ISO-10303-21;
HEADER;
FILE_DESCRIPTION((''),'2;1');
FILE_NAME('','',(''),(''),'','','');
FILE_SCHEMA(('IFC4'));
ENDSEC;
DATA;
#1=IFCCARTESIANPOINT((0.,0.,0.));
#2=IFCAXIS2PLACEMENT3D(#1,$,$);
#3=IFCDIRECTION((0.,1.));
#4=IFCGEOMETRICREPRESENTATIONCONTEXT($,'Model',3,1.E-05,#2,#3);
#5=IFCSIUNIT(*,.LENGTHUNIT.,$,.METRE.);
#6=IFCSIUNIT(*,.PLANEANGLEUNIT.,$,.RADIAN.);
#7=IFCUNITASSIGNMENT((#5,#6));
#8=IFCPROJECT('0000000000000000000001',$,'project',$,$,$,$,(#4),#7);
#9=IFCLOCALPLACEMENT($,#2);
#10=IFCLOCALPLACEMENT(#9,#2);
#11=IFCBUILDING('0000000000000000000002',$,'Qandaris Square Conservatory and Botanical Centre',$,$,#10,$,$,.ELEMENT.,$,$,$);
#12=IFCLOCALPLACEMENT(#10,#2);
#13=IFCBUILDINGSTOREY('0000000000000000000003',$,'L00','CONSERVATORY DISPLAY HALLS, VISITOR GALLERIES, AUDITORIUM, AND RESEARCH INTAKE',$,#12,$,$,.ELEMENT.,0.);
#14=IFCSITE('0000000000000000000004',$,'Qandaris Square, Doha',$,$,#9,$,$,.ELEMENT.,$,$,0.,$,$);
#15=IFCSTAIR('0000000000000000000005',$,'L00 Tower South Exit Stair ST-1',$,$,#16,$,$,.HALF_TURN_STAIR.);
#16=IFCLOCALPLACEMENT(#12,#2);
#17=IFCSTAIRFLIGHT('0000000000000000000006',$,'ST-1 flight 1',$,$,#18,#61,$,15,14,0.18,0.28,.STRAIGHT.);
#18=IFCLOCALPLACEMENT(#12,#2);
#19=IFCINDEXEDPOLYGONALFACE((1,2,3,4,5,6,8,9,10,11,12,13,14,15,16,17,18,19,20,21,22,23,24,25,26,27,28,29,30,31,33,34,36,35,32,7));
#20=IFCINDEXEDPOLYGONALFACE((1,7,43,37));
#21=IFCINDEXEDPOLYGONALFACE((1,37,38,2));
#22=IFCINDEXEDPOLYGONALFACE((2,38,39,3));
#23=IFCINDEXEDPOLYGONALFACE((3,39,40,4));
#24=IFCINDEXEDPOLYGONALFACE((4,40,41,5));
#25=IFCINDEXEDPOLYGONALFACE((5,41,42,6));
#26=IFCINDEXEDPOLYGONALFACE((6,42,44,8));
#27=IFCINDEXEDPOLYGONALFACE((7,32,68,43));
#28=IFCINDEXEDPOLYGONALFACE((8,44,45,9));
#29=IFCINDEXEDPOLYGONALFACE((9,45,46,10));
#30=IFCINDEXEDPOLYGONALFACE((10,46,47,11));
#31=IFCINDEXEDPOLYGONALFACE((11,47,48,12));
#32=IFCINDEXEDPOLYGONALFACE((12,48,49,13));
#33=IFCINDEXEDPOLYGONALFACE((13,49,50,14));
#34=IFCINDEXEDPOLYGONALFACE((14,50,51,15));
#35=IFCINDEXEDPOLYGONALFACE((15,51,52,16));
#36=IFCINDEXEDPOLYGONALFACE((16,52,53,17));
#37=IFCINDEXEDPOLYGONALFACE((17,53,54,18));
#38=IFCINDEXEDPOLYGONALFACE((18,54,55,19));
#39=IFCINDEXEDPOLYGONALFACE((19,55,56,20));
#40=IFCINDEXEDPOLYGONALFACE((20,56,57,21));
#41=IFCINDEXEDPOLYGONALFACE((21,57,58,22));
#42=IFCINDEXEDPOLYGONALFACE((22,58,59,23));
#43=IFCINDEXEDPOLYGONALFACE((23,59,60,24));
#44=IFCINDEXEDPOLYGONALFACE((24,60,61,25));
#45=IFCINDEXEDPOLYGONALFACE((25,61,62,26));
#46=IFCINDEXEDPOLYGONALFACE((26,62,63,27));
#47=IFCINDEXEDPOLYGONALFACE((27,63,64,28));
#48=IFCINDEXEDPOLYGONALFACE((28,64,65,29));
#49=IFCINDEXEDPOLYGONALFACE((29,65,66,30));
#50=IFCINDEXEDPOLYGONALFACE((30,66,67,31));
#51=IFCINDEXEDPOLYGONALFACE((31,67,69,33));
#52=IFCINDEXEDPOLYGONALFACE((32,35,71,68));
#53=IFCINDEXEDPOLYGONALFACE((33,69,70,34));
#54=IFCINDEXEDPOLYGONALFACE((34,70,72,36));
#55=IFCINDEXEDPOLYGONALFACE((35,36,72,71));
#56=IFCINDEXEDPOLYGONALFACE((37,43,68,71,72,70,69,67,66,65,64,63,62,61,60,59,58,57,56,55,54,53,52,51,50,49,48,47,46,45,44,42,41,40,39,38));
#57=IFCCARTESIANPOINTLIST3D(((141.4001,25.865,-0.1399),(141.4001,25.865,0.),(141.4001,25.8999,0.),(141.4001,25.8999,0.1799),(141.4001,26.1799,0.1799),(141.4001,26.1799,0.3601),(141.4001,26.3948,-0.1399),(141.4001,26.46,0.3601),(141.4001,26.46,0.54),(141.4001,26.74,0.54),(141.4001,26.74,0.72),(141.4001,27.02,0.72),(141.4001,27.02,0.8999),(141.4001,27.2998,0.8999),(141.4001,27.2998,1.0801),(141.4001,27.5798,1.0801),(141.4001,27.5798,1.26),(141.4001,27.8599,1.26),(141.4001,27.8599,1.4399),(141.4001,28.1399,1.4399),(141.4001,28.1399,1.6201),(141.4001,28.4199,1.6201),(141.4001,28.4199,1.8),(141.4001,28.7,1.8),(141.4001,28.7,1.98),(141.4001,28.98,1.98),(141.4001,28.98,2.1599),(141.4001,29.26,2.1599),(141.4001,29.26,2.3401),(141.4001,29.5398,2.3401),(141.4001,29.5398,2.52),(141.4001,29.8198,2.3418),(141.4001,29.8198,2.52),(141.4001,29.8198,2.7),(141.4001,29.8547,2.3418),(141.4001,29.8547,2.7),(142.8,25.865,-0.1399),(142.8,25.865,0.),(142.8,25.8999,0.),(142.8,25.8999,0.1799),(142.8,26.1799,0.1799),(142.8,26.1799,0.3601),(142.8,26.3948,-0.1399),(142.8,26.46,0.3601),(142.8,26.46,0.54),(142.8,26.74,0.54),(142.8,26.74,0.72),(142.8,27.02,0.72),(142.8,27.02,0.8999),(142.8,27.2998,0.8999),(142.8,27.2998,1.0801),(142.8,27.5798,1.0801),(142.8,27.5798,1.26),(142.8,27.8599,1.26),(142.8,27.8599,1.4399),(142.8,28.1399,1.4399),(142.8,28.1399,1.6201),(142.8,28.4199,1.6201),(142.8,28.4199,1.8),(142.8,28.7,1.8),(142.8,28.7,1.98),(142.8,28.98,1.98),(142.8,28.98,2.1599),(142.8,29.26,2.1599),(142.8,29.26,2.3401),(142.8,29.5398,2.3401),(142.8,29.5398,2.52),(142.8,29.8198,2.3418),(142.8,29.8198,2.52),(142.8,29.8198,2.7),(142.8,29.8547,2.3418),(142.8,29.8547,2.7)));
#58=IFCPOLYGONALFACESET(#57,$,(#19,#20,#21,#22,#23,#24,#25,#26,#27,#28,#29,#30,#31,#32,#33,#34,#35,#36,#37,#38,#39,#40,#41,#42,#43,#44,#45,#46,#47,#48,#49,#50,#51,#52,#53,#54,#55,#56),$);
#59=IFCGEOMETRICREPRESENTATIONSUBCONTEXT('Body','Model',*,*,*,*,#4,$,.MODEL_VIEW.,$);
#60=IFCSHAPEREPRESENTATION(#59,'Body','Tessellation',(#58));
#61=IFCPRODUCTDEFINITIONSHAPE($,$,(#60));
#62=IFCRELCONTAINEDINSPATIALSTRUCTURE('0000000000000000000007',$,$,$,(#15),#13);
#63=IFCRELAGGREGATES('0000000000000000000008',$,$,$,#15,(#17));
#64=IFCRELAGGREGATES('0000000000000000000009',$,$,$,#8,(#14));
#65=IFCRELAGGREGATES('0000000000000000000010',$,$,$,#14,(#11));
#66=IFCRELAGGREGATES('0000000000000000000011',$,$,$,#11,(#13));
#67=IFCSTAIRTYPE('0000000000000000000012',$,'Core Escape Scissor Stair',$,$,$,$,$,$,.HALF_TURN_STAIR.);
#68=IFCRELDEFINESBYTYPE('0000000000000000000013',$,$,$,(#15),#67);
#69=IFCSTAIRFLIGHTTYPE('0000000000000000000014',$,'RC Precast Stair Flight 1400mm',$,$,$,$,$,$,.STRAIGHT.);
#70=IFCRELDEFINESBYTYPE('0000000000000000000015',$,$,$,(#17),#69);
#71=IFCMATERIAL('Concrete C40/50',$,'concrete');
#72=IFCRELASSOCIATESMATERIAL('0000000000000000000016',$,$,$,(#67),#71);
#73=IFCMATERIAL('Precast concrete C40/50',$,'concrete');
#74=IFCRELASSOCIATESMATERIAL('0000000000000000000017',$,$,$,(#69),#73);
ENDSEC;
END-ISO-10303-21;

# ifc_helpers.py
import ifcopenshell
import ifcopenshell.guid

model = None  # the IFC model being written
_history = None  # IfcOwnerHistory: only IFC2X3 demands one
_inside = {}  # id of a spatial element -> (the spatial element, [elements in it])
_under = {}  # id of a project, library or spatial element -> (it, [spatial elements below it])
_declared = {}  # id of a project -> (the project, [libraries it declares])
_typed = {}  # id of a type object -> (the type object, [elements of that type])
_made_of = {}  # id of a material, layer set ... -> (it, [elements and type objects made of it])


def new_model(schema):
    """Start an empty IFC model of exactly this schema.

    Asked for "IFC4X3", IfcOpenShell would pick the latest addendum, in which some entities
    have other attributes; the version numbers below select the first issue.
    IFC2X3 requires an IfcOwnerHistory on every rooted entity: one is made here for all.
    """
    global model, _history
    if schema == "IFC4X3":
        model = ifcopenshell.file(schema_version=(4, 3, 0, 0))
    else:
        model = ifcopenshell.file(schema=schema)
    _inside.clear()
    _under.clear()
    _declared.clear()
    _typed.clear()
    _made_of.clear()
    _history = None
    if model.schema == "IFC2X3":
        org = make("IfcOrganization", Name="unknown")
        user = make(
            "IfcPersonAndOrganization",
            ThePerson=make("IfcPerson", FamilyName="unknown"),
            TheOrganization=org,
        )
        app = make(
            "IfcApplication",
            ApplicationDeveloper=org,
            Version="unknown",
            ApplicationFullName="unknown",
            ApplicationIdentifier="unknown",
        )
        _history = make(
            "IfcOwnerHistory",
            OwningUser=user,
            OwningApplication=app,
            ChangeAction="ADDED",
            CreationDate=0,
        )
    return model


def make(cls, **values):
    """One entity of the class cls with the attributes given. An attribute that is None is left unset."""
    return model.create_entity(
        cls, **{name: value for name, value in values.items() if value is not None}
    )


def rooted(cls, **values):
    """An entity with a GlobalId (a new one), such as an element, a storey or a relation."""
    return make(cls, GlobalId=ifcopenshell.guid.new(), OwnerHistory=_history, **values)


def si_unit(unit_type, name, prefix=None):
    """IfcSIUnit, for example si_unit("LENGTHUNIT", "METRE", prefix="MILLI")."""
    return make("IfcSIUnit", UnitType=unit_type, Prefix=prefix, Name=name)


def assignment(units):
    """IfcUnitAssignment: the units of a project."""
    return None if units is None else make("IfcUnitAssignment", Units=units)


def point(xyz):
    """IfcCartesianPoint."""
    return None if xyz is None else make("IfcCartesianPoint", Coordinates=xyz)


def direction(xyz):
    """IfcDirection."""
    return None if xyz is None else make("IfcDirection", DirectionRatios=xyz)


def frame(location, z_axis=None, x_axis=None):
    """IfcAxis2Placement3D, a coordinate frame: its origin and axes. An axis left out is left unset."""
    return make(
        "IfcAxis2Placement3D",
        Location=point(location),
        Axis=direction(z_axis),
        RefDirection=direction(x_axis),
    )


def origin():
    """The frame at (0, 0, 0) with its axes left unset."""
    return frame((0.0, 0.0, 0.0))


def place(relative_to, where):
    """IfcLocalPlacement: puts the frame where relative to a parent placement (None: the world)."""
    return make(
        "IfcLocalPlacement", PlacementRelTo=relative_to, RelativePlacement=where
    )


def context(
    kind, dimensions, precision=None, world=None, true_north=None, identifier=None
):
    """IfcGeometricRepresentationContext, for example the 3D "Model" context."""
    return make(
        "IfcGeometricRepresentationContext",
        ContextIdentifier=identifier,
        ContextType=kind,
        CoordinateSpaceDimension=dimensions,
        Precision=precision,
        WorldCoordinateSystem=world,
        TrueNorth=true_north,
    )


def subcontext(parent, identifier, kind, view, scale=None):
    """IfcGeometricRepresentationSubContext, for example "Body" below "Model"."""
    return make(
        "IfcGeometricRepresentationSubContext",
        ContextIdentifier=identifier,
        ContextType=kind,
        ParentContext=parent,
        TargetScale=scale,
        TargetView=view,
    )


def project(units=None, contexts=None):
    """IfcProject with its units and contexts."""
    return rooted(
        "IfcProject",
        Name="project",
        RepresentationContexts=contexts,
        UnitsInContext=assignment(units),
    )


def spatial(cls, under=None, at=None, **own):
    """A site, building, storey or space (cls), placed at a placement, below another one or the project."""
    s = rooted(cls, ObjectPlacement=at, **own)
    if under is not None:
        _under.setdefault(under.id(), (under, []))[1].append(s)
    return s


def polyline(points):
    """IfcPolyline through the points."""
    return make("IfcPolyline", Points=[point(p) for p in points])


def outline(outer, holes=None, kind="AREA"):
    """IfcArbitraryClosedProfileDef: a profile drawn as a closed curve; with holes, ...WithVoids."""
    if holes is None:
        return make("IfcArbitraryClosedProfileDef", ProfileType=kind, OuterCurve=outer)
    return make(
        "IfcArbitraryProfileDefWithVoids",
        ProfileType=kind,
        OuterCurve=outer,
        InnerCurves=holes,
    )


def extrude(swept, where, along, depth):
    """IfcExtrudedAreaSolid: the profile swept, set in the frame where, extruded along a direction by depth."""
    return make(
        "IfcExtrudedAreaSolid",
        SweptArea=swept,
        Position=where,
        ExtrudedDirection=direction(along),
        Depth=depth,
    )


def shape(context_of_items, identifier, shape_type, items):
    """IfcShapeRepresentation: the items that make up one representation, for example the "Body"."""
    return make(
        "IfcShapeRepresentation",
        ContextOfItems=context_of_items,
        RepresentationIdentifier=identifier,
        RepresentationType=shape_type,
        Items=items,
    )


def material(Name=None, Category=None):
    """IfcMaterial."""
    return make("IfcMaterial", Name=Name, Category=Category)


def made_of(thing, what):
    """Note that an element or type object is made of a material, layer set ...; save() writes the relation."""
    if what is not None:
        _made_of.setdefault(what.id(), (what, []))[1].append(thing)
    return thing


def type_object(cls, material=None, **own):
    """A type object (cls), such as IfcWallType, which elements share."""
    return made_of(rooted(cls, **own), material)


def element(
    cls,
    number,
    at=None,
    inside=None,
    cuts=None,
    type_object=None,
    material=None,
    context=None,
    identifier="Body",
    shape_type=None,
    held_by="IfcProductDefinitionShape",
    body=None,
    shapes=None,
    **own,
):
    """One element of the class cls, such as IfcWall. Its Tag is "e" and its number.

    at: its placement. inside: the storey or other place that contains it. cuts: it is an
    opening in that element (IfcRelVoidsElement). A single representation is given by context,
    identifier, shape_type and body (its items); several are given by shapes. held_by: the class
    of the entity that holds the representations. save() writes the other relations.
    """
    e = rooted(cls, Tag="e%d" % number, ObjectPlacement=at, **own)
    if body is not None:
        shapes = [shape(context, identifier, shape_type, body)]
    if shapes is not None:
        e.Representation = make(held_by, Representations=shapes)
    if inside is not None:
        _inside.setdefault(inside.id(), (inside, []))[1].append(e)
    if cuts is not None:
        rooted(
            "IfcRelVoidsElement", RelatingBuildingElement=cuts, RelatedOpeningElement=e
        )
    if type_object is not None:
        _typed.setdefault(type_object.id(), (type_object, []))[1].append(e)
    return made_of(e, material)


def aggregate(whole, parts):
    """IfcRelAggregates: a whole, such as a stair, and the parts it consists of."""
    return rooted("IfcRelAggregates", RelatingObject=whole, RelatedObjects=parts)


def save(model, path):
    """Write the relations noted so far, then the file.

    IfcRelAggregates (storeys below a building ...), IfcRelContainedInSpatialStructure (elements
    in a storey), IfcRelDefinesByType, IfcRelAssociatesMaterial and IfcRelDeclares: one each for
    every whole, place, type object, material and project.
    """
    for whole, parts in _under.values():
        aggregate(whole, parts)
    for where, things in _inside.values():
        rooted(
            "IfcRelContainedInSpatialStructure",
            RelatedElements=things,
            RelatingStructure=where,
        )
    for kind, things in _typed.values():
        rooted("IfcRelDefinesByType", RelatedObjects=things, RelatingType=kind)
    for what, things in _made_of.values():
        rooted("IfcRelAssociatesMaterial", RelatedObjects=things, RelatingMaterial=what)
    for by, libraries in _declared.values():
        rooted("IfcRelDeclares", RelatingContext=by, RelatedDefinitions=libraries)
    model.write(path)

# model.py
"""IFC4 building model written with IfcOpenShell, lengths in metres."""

from ifc_helpers import new_model, si_unit, direction, frame, origin, place, context, subcontext, project, spatial, polyline, outline, extrude, material, type_object, element, aggregate, save


model = new_model("IFC4")

# Units and contexts
model_context = context("Model", 3, precision=1e-05, world=origin(), true_north=direction((0.0, 1.0)))
body_context = subcontext(model_context, "Body", "Model", "MODEL_VIEW")
ifc_project = project(units=[si_unit("LENGTHUNIT", "METRE"), si_unit("PLANEANGLEUNIT", "RADIAN")], contexts=[model_context])

# Site, building, storey
site_placement = place(None, origin())
site = spatial("IfcSite", under=ifc_project, at=site_placement, Name="Qandaris Square, Doha", CompositionType="ELEMENT", RefElevation=0.0)
building_placement = place(site_placement, origin())
building = spatial("IfcBuilding", under=site, at=building_placement, Name="Qandaris Square Conservatory and Botanical Centre", CompositionType="ELEMENT")
storey_placement = place(building_placement, origin())
storey = spatial("IfcBuildingStorey", under=building, at=storey_placement, Name="L00", Description="CONSERVATORY DISPLAY HALLS, VISITOR GALLERIES, AUDITORIUM, AND RESEARCH INTAKE", CompositionType="ELEMENT", Elevation=0.0)

# Shared definitions
ifc_material_1 = material(Name="Concrete C40/50", Category="concrete")

# Stair, stair flight
stair_type = type_object("IfcStairType", Name="Core Escape Scissor Stair", PredefinedType="HALF_TURN_STAIR", material=ifc_material_1)
stair_placement = place(storey_placement, origin())
stair = element("IfcStair", 1, at=stair_placement, inside=storey, type_object=stair_type, Name="L00 Tower South Exit Stair ST-1", PredefinedType="HALF_TURN_STAIR")
ifc_material_2 = material(Name="Precast concrete C40/50", Category="concrete")
stair_flight_type = type_object("IfcStairFlightType", Name="RC Precast Stair Flight 1400mm", PredefinedType="STRAIGHT", material=ifc_material_2)
stair_flight_placement = place(storey_placement, frame((142.1001, 25.8999, 0.0), z_axis=(0.0, 0.0, 1.0), x_axis=(0.0, 1.0, 0.0)))
stair_flight = element("IfcStairFlight", 2, at=stair_flight_placement, type_object=stair_flight_type, Name="ST-1 flight 1", NumberOfRisers=15, NumberOfTreads=14, PredefinedType="STRAIGHT", RiserHeight=0.18, TreadLength=0.28, context=body_context, shape_type="SweptSolid", body=[
    extrude(outline(polyline([(-0.0349, 0.0), (0.0, 0.0), (0.0, 0.1799), (0.28, 0.1799), (0.28, 0.3601), (0.5601, 0.3601), (0.5601, 0.54), (0.8401, 0.54), (0.8401, 0.72), (1.1201, 0.72), (1.1201, 0.8999), (1.3999, 0.8999), (1.3999, 1.0801), (1.6799, 1.0801), (1.6799, 1.26), (1.96, 1.26), (1.96, 1.4399), (2.24, 1.4399), (2.24, 1.6201), (2.52, 1.6201), (2.52, 1.8), (2.8, 1.8), (2.8, 1.98), (3.0801, 1.98), (3.0801, 2.1599), (3.3601, 2.1599), (3.3601, 2.3401), (3.6399, 2.3401), (3.6399, 2.52), (3.9199, 2.52), (3.9199, 2.7), (3.9548, 2.7), (3.9548, 2.3418), (3.9199, 2.3418), (0.4949, -0.1399), (-0.0349, -0.1399), (-0.0349, 0.0)])), frame((0.0, 0.7, 0.0), z_axis=(0.0, -1.0, 0.0), x_axis=(1.0, 0.0, 0.0)), (0.0, 0.0, 1.0), 1.3999),
])
aggregate(stair, [stair_flight])

save(model, "model.ifc")
